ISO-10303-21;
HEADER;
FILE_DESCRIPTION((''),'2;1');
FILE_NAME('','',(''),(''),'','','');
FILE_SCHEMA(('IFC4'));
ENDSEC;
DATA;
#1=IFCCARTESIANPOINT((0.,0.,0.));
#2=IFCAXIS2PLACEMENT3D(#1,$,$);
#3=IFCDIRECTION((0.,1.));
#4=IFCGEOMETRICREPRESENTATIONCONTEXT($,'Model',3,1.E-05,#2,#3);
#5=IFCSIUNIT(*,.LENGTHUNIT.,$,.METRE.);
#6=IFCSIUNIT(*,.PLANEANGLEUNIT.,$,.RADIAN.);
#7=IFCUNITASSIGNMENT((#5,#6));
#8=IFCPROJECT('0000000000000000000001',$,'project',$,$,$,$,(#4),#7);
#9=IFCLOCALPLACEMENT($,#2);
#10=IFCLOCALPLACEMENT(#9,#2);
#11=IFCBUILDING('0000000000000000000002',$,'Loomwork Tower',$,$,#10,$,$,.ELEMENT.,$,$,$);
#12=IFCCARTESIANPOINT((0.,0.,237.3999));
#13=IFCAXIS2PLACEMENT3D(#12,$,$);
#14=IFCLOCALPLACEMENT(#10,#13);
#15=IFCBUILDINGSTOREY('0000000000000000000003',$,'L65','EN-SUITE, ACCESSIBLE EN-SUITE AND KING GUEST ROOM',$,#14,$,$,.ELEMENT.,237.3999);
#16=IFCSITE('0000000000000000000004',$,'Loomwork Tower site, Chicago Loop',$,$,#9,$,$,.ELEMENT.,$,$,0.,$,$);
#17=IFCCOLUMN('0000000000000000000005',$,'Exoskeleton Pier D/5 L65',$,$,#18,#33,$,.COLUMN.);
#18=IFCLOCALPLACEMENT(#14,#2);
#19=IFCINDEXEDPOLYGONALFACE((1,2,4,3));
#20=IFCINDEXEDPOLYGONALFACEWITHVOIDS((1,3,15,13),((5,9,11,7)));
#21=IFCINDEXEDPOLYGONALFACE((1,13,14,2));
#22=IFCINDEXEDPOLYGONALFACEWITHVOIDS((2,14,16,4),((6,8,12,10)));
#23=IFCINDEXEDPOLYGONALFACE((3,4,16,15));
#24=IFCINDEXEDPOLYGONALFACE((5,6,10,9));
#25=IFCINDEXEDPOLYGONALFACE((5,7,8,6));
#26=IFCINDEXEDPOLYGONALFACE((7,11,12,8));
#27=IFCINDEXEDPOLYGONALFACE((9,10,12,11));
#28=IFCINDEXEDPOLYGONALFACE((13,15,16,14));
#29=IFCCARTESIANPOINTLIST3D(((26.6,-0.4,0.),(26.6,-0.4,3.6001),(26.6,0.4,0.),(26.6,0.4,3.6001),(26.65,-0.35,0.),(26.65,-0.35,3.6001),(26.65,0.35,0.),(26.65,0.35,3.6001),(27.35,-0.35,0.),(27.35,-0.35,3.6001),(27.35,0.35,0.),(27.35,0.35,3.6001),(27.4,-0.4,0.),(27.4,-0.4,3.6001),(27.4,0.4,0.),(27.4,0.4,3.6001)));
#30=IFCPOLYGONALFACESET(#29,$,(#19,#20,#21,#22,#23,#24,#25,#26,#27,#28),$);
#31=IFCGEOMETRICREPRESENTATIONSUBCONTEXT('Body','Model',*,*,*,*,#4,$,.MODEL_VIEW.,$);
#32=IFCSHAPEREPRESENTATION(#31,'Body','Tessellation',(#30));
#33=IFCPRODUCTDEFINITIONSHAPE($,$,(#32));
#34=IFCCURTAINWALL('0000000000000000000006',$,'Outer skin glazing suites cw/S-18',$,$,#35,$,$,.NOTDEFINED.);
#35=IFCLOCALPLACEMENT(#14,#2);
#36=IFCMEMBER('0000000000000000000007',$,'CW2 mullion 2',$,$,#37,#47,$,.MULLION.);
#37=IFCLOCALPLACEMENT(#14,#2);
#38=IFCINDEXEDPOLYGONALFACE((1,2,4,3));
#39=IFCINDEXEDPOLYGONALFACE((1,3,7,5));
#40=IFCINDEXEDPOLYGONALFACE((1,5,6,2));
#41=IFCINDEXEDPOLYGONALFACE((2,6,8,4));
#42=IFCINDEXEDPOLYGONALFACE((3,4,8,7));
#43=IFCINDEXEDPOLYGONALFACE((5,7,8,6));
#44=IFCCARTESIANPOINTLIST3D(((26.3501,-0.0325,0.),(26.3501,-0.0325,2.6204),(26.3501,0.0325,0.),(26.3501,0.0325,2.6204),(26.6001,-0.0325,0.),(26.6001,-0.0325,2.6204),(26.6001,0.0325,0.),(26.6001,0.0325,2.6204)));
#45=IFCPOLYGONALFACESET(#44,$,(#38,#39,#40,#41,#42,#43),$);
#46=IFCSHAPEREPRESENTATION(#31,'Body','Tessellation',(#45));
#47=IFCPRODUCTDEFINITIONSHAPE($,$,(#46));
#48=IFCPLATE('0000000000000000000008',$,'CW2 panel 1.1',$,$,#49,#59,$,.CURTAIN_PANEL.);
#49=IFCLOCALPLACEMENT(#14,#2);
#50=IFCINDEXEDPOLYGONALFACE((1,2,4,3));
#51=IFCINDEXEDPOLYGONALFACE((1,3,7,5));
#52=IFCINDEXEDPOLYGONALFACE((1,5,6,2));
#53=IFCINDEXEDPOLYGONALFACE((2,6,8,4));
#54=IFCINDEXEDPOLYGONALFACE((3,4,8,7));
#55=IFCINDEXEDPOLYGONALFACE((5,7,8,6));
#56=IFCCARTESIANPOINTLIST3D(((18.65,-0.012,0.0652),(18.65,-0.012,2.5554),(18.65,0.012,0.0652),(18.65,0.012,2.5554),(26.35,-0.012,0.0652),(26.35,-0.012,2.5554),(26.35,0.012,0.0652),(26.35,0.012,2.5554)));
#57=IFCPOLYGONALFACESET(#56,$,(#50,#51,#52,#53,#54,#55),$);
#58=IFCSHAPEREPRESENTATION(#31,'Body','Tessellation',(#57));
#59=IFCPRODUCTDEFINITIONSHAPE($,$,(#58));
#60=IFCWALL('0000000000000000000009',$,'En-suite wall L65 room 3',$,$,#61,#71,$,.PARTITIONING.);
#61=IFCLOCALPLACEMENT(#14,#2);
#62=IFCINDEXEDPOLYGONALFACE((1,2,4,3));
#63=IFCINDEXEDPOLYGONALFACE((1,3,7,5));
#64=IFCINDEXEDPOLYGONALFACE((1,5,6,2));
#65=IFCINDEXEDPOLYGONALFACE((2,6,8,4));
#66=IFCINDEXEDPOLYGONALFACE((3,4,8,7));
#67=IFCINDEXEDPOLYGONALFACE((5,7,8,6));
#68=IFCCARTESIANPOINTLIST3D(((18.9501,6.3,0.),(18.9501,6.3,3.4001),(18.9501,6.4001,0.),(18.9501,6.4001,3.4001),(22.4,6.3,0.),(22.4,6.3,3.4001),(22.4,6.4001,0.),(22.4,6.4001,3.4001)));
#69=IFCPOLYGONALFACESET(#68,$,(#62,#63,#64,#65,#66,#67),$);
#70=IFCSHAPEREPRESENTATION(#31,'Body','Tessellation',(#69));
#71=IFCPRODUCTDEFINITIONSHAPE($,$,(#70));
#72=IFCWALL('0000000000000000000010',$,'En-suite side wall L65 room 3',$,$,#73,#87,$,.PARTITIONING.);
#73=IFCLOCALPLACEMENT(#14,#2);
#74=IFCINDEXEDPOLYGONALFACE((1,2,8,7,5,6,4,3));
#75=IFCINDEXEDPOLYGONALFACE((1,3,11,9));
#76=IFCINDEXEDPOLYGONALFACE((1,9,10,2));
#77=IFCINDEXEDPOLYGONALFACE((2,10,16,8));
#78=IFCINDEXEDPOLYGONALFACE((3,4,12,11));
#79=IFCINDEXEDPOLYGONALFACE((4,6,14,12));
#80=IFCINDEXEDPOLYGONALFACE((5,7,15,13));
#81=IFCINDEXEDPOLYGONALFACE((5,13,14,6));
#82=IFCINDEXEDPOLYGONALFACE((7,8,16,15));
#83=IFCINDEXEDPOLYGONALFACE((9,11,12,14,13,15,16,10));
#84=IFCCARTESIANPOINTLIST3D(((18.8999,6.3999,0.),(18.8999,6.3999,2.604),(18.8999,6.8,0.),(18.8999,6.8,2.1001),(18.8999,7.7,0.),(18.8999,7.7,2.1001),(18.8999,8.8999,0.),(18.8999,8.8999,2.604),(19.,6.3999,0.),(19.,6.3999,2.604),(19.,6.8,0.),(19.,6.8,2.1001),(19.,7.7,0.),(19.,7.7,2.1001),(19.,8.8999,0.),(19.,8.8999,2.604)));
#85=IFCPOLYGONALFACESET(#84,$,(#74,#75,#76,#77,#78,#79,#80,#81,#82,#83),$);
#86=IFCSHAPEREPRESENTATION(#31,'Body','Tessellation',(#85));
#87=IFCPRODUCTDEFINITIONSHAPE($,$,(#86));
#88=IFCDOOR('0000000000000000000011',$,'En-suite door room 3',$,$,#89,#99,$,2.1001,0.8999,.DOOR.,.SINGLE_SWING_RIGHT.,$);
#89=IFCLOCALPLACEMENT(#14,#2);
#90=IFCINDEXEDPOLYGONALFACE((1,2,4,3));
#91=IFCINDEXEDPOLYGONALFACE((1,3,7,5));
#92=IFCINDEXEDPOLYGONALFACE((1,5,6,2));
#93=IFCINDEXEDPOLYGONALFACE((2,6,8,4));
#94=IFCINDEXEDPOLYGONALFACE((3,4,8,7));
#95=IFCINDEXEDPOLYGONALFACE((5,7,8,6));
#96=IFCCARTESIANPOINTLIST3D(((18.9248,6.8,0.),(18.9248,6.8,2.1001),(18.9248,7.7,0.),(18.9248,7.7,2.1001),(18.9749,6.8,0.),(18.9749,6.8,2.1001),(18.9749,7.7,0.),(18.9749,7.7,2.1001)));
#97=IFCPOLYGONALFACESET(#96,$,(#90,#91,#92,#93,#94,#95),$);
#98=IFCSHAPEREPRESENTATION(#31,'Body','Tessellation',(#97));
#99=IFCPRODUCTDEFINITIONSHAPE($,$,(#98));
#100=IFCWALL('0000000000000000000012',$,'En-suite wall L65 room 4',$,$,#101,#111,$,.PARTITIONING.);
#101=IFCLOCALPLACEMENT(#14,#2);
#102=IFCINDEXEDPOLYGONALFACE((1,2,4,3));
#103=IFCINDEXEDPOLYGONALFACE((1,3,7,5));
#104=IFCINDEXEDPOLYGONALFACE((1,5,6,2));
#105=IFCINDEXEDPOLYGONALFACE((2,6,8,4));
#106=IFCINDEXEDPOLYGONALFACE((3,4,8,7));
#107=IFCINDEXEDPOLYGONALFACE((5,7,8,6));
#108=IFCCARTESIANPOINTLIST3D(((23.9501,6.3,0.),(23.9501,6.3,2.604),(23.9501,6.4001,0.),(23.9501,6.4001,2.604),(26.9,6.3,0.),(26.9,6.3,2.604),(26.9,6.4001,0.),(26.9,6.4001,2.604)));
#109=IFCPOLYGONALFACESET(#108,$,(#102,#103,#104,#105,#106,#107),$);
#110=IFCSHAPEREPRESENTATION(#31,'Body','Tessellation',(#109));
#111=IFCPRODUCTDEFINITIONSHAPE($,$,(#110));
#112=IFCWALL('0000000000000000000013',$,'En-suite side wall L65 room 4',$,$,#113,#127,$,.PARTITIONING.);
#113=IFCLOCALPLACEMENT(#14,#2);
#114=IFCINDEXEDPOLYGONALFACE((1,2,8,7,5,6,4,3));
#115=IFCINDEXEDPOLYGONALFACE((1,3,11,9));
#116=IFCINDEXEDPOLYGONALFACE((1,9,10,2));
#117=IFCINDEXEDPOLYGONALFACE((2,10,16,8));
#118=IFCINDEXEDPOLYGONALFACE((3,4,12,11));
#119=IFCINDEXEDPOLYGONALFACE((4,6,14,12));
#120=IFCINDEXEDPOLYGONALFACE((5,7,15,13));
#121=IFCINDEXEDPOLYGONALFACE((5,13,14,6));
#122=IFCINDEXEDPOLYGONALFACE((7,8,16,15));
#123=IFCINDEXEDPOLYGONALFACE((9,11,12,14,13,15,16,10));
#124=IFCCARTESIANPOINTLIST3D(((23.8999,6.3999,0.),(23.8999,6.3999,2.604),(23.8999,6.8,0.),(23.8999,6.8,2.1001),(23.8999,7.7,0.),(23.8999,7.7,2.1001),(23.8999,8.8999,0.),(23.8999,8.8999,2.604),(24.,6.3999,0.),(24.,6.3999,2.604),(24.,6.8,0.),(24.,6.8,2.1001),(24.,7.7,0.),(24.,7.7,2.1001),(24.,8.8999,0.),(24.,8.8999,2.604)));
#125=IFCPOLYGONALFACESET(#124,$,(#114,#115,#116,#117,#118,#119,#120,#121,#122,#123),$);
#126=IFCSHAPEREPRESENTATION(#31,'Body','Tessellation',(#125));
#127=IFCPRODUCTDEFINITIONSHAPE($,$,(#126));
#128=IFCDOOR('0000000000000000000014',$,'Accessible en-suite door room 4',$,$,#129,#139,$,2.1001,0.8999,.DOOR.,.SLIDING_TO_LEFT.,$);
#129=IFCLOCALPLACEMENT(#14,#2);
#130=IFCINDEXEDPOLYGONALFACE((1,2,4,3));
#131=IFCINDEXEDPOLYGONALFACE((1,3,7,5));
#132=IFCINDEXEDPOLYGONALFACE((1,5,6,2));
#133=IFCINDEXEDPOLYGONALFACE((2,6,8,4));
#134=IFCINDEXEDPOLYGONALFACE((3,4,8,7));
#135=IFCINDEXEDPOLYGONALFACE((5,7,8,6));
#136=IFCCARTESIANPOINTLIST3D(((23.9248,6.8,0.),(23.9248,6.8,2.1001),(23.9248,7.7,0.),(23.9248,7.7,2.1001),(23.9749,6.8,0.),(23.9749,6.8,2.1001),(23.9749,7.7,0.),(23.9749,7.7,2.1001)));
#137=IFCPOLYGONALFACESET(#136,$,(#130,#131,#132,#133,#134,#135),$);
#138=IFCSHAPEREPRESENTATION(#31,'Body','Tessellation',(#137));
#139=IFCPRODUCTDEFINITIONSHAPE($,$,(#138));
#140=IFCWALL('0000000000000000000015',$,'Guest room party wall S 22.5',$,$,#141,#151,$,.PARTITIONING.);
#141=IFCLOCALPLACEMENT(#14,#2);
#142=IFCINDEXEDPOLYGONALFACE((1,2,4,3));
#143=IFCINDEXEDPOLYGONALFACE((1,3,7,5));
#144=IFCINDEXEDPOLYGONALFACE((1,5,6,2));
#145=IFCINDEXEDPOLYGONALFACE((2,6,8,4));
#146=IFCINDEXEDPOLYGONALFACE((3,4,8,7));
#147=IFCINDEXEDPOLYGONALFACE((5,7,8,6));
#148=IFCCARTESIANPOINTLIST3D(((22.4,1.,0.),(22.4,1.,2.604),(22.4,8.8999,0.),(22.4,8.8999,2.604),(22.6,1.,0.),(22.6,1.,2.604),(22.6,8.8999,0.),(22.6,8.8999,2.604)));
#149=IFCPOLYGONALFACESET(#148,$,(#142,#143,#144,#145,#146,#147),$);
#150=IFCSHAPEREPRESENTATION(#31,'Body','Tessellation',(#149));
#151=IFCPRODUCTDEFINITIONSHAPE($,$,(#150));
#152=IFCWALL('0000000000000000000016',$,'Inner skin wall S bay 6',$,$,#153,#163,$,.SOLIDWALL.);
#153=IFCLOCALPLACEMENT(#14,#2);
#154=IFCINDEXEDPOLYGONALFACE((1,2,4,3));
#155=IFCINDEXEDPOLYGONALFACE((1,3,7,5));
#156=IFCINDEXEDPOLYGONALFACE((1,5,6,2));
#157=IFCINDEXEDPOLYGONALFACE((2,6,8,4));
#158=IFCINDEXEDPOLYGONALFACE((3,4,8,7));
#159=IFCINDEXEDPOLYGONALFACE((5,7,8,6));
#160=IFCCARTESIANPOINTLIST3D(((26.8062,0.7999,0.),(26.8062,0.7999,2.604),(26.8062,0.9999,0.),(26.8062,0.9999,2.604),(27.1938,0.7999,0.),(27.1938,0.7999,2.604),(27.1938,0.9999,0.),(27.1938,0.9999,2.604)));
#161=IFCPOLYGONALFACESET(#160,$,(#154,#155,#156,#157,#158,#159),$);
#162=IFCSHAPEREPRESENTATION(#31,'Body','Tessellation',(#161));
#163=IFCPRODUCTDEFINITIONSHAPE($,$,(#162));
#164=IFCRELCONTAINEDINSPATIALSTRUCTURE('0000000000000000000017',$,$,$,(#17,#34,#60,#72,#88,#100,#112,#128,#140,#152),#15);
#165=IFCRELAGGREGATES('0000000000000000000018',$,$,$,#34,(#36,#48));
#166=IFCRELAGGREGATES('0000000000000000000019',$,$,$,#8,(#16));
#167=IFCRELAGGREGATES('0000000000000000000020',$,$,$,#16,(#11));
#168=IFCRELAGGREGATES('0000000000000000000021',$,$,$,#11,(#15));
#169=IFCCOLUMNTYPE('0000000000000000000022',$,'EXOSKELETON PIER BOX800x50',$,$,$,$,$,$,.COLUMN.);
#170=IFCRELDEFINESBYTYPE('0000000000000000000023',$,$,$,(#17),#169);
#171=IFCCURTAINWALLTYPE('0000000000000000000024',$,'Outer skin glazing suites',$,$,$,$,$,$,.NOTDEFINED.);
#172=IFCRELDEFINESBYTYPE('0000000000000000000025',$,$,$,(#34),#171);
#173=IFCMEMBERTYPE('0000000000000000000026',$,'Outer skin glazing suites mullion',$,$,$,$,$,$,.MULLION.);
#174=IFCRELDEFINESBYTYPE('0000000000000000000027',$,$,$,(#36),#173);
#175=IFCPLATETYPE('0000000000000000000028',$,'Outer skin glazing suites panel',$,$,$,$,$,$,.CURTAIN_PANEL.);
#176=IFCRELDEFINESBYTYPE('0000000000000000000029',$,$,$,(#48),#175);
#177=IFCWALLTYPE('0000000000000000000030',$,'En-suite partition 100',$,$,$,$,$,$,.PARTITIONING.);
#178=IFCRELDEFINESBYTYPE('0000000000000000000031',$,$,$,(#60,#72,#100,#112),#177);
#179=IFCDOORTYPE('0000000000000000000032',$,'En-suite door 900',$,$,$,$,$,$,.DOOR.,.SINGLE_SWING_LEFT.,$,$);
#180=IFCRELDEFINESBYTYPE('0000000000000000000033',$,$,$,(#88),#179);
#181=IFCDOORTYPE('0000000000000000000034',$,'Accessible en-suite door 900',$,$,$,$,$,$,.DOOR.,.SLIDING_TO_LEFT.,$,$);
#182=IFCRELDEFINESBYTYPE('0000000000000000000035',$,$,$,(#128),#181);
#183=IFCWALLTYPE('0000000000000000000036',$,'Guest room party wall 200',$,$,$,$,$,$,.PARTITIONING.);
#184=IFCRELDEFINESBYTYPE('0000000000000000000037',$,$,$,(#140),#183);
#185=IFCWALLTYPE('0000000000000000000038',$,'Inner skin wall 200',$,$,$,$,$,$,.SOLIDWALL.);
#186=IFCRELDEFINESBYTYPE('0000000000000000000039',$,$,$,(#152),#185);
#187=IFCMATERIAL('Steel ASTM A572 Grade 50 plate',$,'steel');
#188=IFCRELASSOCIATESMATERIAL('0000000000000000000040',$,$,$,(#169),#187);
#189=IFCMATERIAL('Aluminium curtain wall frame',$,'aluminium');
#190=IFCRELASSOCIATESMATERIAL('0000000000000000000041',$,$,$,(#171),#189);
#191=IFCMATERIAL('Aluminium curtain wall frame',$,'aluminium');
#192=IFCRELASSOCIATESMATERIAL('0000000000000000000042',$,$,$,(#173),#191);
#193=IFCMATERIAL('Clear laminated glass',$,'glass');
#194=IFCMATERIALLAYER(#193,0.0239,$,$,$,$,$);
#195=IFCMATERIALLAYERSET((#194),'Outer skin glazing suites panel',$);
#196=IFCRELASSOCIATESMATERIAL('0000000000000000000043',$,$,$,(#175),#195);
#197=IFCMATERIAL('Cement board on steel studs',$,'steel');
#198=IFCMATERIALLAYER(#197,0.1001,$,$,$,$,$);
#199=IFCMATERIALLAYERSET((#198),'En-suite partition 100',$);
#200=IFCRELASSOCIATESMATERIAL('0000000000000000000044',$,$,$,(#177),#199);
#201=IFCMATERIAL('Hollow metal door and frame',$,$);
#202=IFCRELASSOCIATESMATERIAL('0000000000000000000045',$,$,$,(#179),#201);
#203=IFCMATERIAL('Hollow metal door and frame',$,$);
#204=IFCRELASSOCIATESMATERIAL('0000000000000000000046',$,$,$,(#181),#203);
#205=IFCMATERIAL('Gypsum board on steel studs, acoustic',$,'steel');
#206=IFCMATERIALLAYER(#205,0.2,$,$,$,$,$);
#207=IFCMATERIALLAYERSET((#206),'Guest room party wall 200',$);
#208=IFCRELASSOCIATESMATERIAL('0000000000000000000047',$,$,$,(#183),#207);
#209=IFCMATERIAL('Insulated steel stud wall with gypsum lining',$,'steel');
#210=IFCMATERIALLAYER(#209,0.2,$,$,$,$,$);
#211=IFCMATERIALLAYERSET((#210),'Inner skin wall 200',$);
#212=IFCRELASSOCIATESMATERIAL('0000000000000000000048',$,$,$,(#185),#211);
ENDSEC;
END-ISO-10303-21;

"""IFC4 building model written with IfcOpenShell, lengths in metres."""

from ifc_helpers import new_model, si_unit, direction, frame, frame_2d, origin, origin_2d, place, context, subcontext, project, spatial, rectangle, hollow_rectangle, extrude, material, layer, layer_set, material_profile, profile_set, type_object, element, fill, aggregate, save


model = new_model("IFC4")

# Units and contexts
model_context = context("Model", 3, precision=1e-05, world=origin(), true_north=direction((0.0, 1.0)))
body_context = subcontext(model_context, "Body", "Model", "MODEL_VIEW")
ifc_project = project(units=[si_unit("LENGTHUNIT", "METRE"), si_unit("PLANEANGLEUNIT", "RADIAN")], contexts=[model_context])

# Site, building, storey
site_placement = place(None, origin())
site = spatial("IfcSite", under=ifc_project, at=site_placement, Name="Loomwork Tower site, Chicago Loop", CompositionType="ELEMENT", RefElevation=0.0)
building_placement = place(site_placement, origin())
building = spatial("IfcBuilding", under=site, at=building_placement, Name="Loomwork Tower", CompositionType="ELEMENT")
storey_placement = place(building_placement, frame((0.0, 0.0, 237.3999)))
storey = spatial("IfcBuildingStorey", under=building, at=storey_placement, Name="L65", Description="EN-SUITE, ACCESSIBLE EN-SUITE AND KING GUEST ROOM", CompositionType="ELEMENT", Elevation=237.3999)

# Column
ifc_material_1 = material(Name="Steel ASTM A572 Grade 50 plate", Category="steel")
ifc_material_profile_1 = material_profile(ifc_material_1, hollow_rectangle(XDim=0.8, YDim=0.8, WallThickness=0.05, at=origin_2d()), Name="BOX800x50")
ifc_profile_set_1 = profile_set([ifc_material_profile_1], Name="Steel ASTM A572 Grade 50 plate")
column_type = type_object("IfcColumnType", Name="EXOSKELETON PIER BOX800x50", PredefinedType="COLUMN", material=ifc_profile_set_1)
column_placement = place(storey_placement, frame((27.0, 0.0, 0.0), z_axis=(0.0, 0.0, 1.0), x_axis=(1.0, 0.0, 0.0)))
element("IfcColumn", 1, at=column_placement, inside=storey, type_object=column_type, Name="Exoskeleton Pier D/5 L65", PredefinedType="COLUMN", context=body_context, shape_type="SweptSolid", body=[
    extrude(hollow_rectangle(XDim=0.8, YDim=0.8, WallThickness=0.05, at=origin_2d()), origin(), (0.0, 0.0, 1.0), 3.6001),
])

# Curtain wall, member, plate
ifc_material_2 = material(Name="Aluminium curtain wall frame", Category="aluminium")
curtain_wall_type = type_object("IfcCurtainWallType", Name="Outer skin glazing suites", PredefinedType="NOTDEFINED", material=ifc_material_2)
curtain_wall_placement = place(storey_placement, origin())
curtain_wall = element("IfcCurtainWall", 2, at=curtain_wall_placement, inside=storey, type_object=curtain_wall_type, Name="Outer skin glazing suites cw/S-18", PredefinedType="NOTDEFINED")
ifc_material_3 = material(Name="Aluminium curtain wall frame", Category="aluminium")
ifc_material_profile_2 = material_profile(ifc_material_3, rectangle(XDim=0.0649, YDim=0.25, at=origin_2d()), Name="AL 65x250")
ifc_profile_set_2 = profile_set([ifc_material_profile_2], Name="Aluminium curtain wall frame")
member_type = type_object("IfcMemberType", Name="Outer skin glazing suites mullion", PredefinedType="MULLION", material=ifc_profile_set_2)
member_placement = place(storey_placement, frame((26.4751, 0.0, 0.0), z_axis=(0.0, 0.0, 1.0), x_axis=(0.0, 1.0, 0.0)))
member = element("IfcMember", 3, at=member_placement, type_object=member_type, Name="CW2 mullion 2", PredefinedType="MULLION", context=body_context, shape_type="SweptSolid", body=[
    extrude(rectangle(XDim=0.0649, YDim=0.25, at=origin_2d()), origin(), (0.0, 0.0, 1.0), 2.6204),
])
ifc_material_4 = material(Name="Clear laminated glass", Category="glass")
ifc_layer_1 = layer(ifc_material_4, 0.0239)
ifc_layer_set_1 = layer_set([ifc_layer_1], Name="Outer skin glazing suites panel")
plate_type = type_object("IfcPlateType", Name="Outer skin glazing suites panel", PredefinedType="CURTAIN_PANEL", material=ifc_layer_set_1)
plate_placement = place(storey_placement, frame((22.5, 0.0, 0.0652), z_axis=(0.0, 0.0, 1.0), x_axis=(1.0, 0.0, 0.0)))
plate = element("IfcPlate", 4, at=plate_placement, type_object=plate_type, Name="CW2 panel 1.1", PredefinedType="CURTAIN_PANEL", context=body_context, shape_type="SweptSolid", body=[
    extrude(rectangle(XDim=7.7, YDim=0.0239, at=origin_2d()), origin(), (0.0, 0.0, 1.0), 2.4902),
])
aggregate(curtain_wall, [member, plate])

# Wall
ifc_material_5 = material(Name="Cement board on steel studs", Category="steel")
ifc_layer_2 = layer(ifc_material_5, 0.1001)
ifc_layer_set_2 = layer_set([ifc_layer_2], Name="En-suite partition 100")
wall_type_1 = type_object("IfcWallType", Name="En-suite partition 100", PredefinedType="PARTITIONING", material=ifc_layer_set_2)
wall_1_placement = place(storey_placement, frame((18.95, 6.3501, 0.0), z_axis=(0.0, 0.0, 1.0), x_axis=(1.0, 0.0, 0.0)))
element("IfcWall", 5, at=wall_1_placement, inside=storey, type_object=wall_type_1, Name="En-suite wall L65 room 3", PredefinedType="PARTITIONING", context=body_context, shape_type="SweptSolid", body=[
    extrude(rectangle(XDim=3.45, YDim=0.1001, at=frame_2d((1.7251, 0.0))), origin(), (0.0, 0.0, 1.0), 3.4001),
])

# Wall, opening, door
wall_2_placement = place(storey_placement, frame((18.95, 8.8999, 0.0), z_axis=(0.0, 0.0, 1.0), x_axis=(0.0, -1.0, 0.0)))
wall_2 = element("IfcWall", 6, at=wall_2_placement, inside=storey, type_object=wall_type_1, Name="En-suite side wall L65 room 3", PredefinedType="PARTITIONING", context=body_context, shape_type="SweptSolid", body=[
    extrude(rectangle(XDim=2.5, YDim=0.1001, at=frame_2d((1.25, 0.0))), origin(), (0.0, 0.0, 1.0), 2.604),
])
opening_1_placement = place(wall_2_placement, frame((1.2, 0.0, 0.0)))
opening_1 = element("IfcOpeningElement", 7, at=opening_1_placement, cuts=wall_2, PredefinedType="OPENING", context=body_context, shape_type="SweptSolid", body=[
    extrude(rectangle(XDim=0.8999, YDim=2.1001, at=frame_2d((0.45, 1.05))), frame((0.0, 0.0601, 0.0), z_axis=(0.0, -1.0, 0.0), x_axis=(1.0, 0.0, 0.0)), (0.0, 0.0, 1.0), 0.1201),
])
ifc_material_6 = material(Name="Hollow metal door and frame")
door_type_1 = type_object("IfcDoorType", Name="En-suite door 900", OperationType="SINGLE_SWING_LEFT", PredefinedType="DOOR", material=ifc_material_6)
door_1_placement = place(opening_1_placement, origin())
door_1 = element("IfcDoor", 8, at=door_1_placement, inside=storey, type_object=door_type_1, Name="En-suite door room 3", OperationType="SINGLE_SWING_RIGHT", OverallHeight=2.1001, OverallWidth=0.8999, PredefinedType="DOOR", context=body_context, shape_type="SweptSolid", body=[
    extrude(rectangle(XDim=0.8999, YDim=2.1001, at=frame_2d((0.45, 1.05))), frame((0.0, 0.0249, 0.0), z_axis=(0.0, -1.0, 0.0), x_axis=(1.0, 0.0, 0.0)), (0.0, 0.0, 1.0), 0.05),
])
fill(opening_1, door_1)

# Wall
wall_3_placement = place(storey_placement, frame((23.95, 6.3501, 0.0), z_axis=(0.0, 0.0, 1.0), x_axis=(1.0, 0.0, 0.0)))
element("IfcWall", 9, at=wall_3_placement, inside=storey, type_object=wall_type_1, Name="En-suite wall L65 room 4", PredefinedType="PARTITIONING", context=body_context, shape_type="SweptSolid", body=[
    extrude(rectangle(XDim=2.95, YDim=0.1001, at=frame_2d((1.4751, 0.0))), origin(), (0.0, 0.0, 1.0), 2.604),
])

# Wall, opening, door
wall_4_placement = place(storey_placement, frame((23.95, 8.8999, 0.0), z_axis=(0.0, 0.0, 1.0), x_axis=(0.0, -1.0, 0.0)))
wall_4 = element("IfcWall", 10, at=wall_4_placement, inside=storey, type_object=wall_type_1, Name="En-suite side wall L65 room 4", PredefinedType="PARTITIONING", context=body_context, shape_type="SweptSolid", body=[
    extrude(rectangle(XDim=2.5, YDim=0.1001, at=frame_2d((1.25, 0.0))), origin(), (0.0, 0.0, 1.0), 2.604),
])
opening_2_placement = place(wall_4_placement, frame((1.2, 0.0, 0.0)))
opening_2 = element("IfcOpeningElement", 11, at=opening_2_placement, cuts=wall_4, PredefinedType="OPENING", context=body_context, shape_type="SweptSolid", body=[
    extrude(rectangle(XDim=0.8999, YDim=2.1001, at=frame_2d((0.45, 1.05))), frame((0.0, 0.0601, 0.0), z_axis=(0.0, -1.0, 0.0), x_axis=(1.0, 0.0, 0.0)), (0.0, 0.0, 1.0), 0.1201),
])
ifc_material_7 = material(Name="Hollow metal door and frame")
door_type_2 = type_object("IfcDoorType", Name="Accessible en-suite door 900", OperationType="SLIDING_TO_LEFT", PredefinedType="DOOR", material=ifc_material_7)
door_2_placement = place(opening_2_placement, origin())
door_2 = element("IfcDoor", 12, at=door_2_placement, inside=storey, type_object=door_type_2, Name="Accessible en-suite door room 4", OperationType="SLIDING_TO_LEFT", OverallHeight=2.1001, OverallWidth=0.8999, PredefinedType="DOOR", context=body_context, shape_type="SweptSolid", body=[
    extrude(rectangle(XDim=0.8999, YDim=2.1001, at=frame_2d((0.45, 1.05))), frame((0.0, 0.0249, 0.0), z_axis=(0.0, -1.0, 0.0), x_axis=(1.0, 0.0, 0.0)), (0.0, 0.0, 1.0), 0.05),
])
fill(opening_2, door_2)

# Walls
ifc_material_8 = material(Name="Gypsum board on steel studs, acoustic", Category="steel")
ifc_layer_3 = layer(ifc_material_8, 0.2)
ifc_layer_set_3 = layer_set([ifc_layer_3], Name="Guest room party wall 200")
wall_type_2 = type_object("IfcWallType", Name="Guest room party wall 200", PredefinedType="PARTITIONING", material=ifc_layer_set_3)
wall_5_placement = place(storey_placement, frame((22.5, 8.8999, 0.0), z_axis=(0.0, 0.0, 1.0), x_axis=(0.0, -1.0, 0.0)))
element("IfcWall", 13, at=wall_5_placement, inside=storey, type_object=wall_type_2, Name="Guest room party wall S 22.5", PredefinedType="PARTITIONING", context=body_context, shape_type="SweptSolid", body=[
    extrude(rectangle(XDim=7.8999, YDim=0.2, at=frame_2d((3.95, 0.0))), origin(), (0.0, 0.0, 1.0), 2.604),
])
ifc_material_9 = material(Name="Insulated steel stud wall with gypsum lining", Category="steel")
ifc_layer_4 = layer(ifc_material_9, 0.2)
ifc_layer_set_4 = layer_set([ifc_layer_4], Name="Inner skin wall 200")
wall_type_3 = type_object("IfcWallType", Name="Inner skin wall 200", PredefinedType="SOLIDWALL", material=ifc_layer_set_4)
wall_6_placement = place(storey_placement, frame((26.8062, 0.8999, 0.0), z_axis=(0.0, 0.0, 1.0), x_axis=(1.0, 0.0, 0.0)))
element("IfcWall", 14, at=wall_6_placement, inside=storey, type_object=wall_type_3, Name="Inner skin wall S bay 6", PredefinedType="SOLIDWALL", context=body_context, shape_type="SweptSolid", body=[
    extrude(rectangle(XDim=0.3877, YDim=0.2, at=frame_2d((0.1938, 0.0))), origin(), (0.0, 0.0, 1.0), 2.604),
])

save(model, "model.ifc")
